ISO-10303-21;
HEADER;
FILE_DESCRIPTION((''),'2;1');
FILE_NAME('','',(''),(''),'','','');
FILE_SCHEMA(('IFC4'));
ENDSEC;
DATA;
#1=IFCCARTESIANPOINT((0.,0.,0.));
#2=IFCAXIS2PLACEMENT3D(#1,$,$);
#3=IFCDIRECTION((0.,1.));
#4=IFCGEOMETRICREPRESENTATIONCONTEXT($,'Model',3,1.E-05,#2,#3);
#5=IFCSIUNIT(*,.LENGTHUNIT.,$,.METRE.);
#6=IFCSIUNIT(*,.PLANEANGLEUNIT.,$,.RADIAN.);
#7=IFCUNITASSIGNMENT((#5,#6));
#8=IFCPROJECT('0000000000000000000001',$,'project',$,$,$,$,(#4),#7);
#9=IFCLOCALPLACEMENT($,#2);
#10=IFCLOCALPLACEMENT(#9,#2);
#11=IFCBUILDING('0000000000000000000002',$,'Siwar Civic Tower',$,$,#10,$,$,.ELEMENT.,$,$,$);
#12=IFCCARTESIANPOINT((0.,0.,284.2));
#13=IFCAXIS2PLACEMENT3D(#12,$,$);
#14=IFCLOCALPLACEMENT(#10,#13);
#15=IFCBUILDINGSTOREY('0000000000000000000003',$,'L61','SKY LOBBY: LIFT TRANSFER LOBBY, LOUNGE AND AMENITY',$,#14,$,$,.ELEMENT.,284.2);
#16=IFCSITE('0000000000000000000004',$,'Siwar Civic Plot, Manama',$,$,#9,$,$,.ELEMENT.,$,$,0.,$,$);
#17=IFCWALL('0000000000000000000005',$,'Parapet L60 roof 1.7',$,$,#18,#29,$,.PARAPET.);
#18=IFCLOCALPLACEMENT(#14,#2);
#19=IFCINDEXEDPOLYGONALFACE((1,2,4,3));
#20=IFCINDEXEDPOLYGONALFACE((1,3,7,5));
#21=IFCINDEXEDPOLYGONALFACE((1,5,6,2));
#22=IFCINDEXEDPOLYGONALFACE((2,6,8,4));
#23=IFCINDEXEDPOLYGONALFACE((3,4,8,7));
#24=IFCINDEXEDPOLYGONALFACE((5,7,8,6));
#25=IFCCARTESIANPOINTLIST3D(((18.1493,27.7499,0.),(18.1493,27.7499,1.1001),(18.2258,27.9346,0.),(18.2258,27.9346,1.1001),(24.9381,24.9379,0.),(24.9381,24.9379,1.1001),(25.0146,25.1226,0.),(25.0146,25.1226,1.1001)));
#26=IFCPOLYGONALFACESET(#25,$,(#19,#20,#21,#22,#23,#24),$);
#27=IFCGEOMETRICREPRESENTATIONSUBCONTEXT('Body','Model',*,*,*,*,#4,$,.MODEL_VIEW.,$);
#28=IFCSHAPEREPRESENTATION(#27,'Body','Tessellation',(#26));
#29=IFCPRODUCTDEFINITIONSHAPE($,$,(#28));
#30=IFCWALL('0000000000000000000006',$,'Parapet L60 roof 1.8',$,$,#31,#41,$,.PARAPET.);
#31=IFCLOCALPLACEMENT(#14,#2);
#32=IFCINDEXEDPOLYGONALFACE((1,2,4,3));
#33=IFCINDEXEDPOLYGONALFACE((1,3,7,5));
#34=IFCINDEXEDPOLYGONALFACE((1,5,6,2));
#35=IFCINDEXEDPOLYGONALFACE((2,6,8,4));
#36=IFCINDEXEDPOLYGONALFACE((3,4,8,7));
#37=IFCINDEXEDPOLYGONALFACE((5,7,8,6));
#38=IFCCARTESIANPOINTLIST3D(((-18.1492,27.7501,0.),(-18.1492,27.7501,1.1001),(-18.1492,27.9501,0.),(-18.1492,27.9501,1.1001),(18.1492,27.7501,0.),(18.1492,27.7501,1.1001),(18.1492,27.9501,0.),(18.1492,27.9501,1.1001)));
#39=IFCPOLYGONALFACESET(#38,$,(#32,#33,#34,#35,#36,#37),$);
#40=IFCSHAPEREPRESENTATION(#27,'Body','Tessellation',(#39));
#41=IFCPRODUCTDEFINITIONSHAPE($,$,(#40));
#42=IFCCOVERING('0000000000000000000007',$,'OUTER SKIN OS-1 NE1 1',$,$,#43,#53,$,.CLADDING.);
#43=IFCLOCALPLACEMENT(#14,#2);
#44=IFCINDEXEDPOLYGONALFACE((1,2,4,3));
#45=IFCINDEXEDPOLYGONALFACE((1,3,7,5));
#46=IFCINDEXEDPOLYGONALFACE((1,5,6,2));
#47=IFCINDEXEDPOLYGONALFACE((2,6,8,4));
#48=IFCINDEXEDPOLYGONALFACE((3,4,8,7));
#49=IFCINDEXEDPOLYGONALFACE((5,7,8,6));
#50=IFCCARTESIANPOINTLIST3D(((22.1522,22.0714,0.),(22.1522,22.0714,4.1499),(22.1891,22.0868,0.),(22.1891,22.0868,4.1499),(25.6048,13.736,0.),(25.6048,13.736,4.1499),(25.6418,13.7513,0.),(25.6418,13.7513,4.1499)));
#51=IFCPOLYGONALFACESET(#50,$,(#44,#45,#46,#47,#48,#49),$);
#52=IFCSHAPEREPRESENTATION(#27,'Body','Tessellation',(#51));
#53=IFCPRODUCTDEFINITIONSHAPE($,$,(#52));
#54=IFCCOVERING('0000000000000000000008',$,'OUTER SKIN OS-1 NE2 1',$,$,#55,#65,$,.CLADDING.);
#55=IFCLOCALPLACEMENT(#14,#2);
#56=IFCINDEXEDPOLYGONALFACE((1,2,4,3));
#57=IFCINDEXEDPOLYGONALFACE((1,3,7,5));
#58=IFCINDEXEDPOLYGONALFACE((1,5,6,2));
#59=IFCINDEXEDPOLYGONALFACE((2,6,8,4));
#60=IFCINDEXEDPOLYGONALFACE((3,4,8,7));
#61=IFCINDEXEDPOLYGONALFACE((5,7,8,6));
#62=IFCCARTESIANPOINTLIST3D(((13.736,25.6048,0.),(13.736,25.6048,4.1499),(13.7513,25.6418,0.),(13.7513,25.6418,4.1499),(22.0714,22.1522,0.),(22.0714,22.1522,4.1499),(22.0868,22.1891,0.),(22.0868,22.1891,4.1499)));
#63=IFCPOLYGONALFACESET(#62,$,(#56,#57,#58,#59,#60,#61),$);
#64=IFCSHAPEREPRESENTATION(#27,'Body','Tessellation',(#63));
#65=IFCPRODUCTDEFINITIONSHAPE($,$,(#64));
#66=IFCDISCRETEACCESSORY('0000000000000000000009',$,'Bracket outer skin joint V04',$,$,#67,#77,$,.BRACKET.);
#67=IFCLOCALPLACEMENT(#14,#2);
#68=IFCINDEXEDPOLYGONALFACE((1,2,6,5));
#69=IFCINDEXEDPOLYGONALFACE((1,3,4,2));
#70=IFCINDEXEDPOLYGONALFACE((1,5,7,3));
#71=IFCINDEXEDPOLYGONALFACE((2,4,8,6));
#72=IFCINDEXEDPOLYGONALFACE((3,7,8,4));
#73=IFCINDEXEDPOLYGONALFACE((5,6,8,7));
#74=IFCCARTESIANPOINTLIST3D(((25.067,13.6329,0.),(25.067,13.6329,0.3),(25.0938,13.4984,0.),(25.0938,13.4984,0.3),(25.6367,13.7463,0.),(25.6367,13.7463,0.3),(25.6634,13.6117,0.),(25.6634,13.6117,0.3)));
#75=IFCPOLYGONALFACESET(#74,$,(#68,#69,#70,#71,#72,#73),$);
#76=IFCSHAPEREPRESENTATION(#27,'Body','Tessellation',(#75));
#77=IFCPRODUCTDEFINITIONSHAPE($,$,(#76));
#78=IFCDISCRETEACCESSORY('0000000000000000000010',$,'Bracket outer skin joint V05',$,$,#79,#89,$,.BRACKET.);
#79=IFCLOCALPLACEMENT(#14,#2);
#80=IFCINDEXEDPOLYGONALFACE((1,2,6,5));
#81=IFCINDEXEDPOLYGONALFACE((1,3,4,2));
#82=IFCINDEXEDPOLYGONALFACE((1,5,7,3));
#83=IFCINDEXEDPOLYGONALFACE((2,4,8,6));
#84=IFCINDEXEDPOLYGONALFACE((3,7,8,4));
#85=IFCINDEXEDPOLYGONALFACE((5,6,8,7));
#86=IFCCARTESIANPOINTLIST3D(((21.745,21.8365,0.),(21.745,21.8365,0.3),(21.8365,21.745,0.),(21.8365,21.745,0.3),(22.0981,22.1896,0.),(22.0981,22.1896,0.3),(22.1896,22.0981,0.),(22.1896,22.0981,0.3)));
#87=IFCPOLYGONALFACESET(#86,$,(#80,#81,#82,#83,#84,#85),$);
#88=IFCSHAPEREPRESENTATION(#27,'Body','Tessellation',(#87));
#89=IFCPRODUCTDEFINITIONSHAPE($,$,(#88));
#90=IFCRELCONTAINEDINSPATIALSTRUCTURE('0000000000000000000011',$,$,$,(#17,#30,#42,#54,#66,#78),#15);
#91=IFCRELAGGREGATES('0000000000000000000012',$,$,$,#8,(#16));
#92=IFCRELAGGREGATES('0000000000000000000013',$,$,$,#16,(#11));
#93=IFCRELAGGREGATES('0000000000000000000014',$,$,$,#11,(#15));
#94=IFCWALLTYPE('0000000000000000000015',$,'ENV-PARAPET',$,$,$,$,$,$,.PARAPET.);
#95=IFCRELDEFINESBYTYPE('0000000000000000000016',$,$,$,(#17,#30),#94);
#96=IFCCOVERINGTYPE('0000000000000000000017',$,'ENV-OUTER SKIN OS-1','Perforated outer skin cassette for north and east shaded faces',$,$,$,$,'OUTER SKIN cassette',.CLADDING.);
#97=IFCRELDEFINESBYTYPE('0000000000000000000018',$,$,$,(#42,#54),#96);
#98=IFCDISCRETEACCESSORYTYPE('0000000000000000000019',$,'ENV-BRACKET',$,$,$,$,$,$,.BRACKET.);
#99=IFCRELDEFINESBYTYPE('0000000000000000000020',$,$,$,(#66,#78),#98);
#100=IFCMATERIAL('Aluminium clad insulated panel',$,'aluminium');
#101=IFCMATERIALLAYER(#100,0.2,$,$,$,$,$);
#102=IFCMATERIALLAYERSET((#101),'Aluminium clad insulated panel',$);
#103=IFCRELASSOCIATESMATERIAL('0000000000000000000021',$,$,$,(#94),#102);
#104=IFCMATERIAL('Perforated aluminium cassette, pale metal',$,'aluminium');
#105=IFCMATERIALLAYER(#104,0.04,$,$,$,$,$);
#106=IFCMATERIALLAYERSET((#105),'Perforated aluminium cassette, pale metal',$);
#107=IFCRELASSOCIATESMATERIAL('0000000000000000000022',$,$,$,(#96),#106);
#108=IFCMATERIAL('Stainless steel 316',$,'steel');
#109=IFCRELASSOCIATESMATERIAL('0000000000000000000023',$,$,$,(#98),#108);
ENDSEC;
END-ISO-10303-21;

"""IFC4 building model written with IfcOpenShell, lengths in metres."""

from ifc_helpers import new_model, si_unit, direction, frame, frame_2d, origin, origin_2d, place, context, subcontext, project, spatial, rectangle, extrude, material, layer, layer_set, type_object, element, save


model = new_model("IFC4")

# Units and contexts
model_context = context("Model", 3, precision=1e-05, world=origin(), true_north=direction((0.0, 1.0)))
body_context = subcontext(model_context, "Body", "Model", "MODEL_VIEW")
ifc_project = project(units=[si_unit("LENGTHUNIT", "METRE"), si_unit("PLANEANGLEUNIT", "RADIAN")], contexts=[model_context])

# Site, building, storey
site_placement = place(None, origin())
site = spatial("IfcSite", under=ifc_project, at=site_placement, Name="Siwar Civic Plot, Manama", CompositionType="ELEMENT", RefElevation=0.0)
building_placement = place(site_placement, origin())
building = spatial("IfcBuilding", under=site, at=building_placement, Name="Siwar Civic Tower", CompositionType="ELEMENT")
storey_placement = place(building_placement, frame((0.0, 0.0, 284.2)))
storey = spatial("IfcBuildingStorey", under=building, at=storey_placement, Name="L61", Description="SKY LOBBY: LIFT TRANSFER LOBBY, LOUNGE AND AMENITY", CompositionType="ELEMENT", Elevation=284.2)

# Walls
ifc_material_1 = material(Name="Aluminium clad insulated panel", Category="aluminium")
ifc_layer_1 = layer(ifc_material_1, 0.2)
ifc_layer_set_1 = layer_set([ifc_layer_1], Name="Aluminium clad insulated panel")
wall_type = type_object("IfcWallType", Name="ENV-PARAPET", PredefinedType="PARAPET", material=ifc_layer_set_1)
for number, where, z_axis, x_axis, name in (
    (1, (24.9763, 25.0303, 0.0), (0.0, 0.0, 1.0), (-0.92388, 0.382682, 0.0), "Parapet L60 roof 1.7"),
):
    element("IfcWall", number, at=place(storey_placement, frame(where, z_axis=z_axis, x_axis=x_axis)), inside=storey, type_object=wall_type, Name=name, PredefinedType="PARAPET", context=body_context, shape_type="SweptSolid", body=[
        extrude(rectangle(XDim=7.3481, YDim=0.2, at=frame_2d((3.6741, 0.0))), origin(), (0.0, 0.0, 1.0), 1.1001),
    ])
wall_placement = place(storey_placement, frame((18.1492, 27.8501, 0.0), z_axis=(0.0, 0.0, 1.0), x_axis=(-1.0, 0.0, 0.0)))
element("IfcWall", 2, at=wall_placement, inside=storey, type_object=wall_type, Name="Parapet L60 roof 1.8", PredefinedType="PARAPET", context=body_context, shape_type="SweptSolid", body=[
    extrude(rectangle(XDim=36.2983, YDim=0.2, at=frame_2d((18.1492, 0.0))), origin(), (0.0, 0.0, 1.0), 1.1001),
])

# Coverings
ifc_material_2 = material(Name="Perforated aluminium cassette, pale metal", Category="aluminium")
ifc_layer_2 = layer(ifc_material_2, 0.04)
ifc_layer_set_2 = layer_set([ifc_layer_2], Name="Perforated aluminium cassette, pale metal")
covering_type = type_object("IfcCoveringType", Name="ENV-OUTER SKIN OS-1", Description="Perforated outer skin cassette for north and east shaded faces", ElementType="OUTER SKIN cassette", PredefinedType="CLADDING", material=ifc_layer_set_2)
for number, where, z_axis, x_axis, name in (
    (3, (23.897, 17.9114, 0.0), (0.0, 0.0, 1.0), (-0.382683, 0.92388, 0.0), "OUTER SKIN OS-1 NE1 1"),
    (4, (17.9114, 23.897, 0.0), (0.0, 0.0, 1.0), (-0.92388, 0.382683, 0.0), "OUTER SKIN OS-1 NE2 1"),
):
    element("IfcCovering", number, at=place(storey_placement, frame(where, z_axis=z_axis, x_axis=x_axis)), inside=storey, type_object=covering_type, Name=name, PredefinedType="CLADDING", context=body_context, shape_type="SweptSolid", body=[
        extrude(rectangle(XDim=9.0222, YDim=0.04, at=origin_2d()), origin(), (0.0, 0.0, 1.0), 4.1499),
    ])

# Discrete accessories
ifc_material_3 = material(Name="Stainless steel 316", Category="steel")
discrete_accessory_type = type_object("IfcDiscreteAccessoryType", Name="ENV-BRACKET", PredefinedType="BRACKET", material=ifc_material_3)
discrete_accessory_1_placement = place(storey_placement, frame((25.3652, 13.6223, 0.0), z_axis=(0.0, 0.0, 1.0), x_axis=(0.980785, 0.19509, 0.0)))
element("IfcDiscreteAccessory", 5, at=discrete_accessory_1_placement, inside=storey, type_object=discrete_accessory_type, Name="Bracket outer skin joint V04", PredefinedType="BRACKET", context=body_context, shape_type="SweptSolid", body=[
    extrude(rectangle(XDim=0.5808, YDim=0.1372, at=origin_2d()), origin(), (0.0, 0.0, 1.0), 0.3),
])
discrete_accessory_2_placement = place(storey_placement, frame((21.9673, 21.9673, 0.0), z_axis=(0.0, 0.0, 1.0), x_axis=(0.707107, 0.707107, 0.0)))
element("IfcDiscreteAccessory", 6, at=discrete_accessory_2_placement, inside=storey, type_object=discrete_accessory_type, Name="Bracket outer skin joint V05", PredefinedType="BRACKET", context=body_context, shape_type="SweptSolid", body=[
    extrude(rectangle(XDim=0.4993, YDim=0.1294, at=origin_2d()), origin(), (0.0, 0.0, 1.0), 0.3),
])

save(model, "model.ifc")
